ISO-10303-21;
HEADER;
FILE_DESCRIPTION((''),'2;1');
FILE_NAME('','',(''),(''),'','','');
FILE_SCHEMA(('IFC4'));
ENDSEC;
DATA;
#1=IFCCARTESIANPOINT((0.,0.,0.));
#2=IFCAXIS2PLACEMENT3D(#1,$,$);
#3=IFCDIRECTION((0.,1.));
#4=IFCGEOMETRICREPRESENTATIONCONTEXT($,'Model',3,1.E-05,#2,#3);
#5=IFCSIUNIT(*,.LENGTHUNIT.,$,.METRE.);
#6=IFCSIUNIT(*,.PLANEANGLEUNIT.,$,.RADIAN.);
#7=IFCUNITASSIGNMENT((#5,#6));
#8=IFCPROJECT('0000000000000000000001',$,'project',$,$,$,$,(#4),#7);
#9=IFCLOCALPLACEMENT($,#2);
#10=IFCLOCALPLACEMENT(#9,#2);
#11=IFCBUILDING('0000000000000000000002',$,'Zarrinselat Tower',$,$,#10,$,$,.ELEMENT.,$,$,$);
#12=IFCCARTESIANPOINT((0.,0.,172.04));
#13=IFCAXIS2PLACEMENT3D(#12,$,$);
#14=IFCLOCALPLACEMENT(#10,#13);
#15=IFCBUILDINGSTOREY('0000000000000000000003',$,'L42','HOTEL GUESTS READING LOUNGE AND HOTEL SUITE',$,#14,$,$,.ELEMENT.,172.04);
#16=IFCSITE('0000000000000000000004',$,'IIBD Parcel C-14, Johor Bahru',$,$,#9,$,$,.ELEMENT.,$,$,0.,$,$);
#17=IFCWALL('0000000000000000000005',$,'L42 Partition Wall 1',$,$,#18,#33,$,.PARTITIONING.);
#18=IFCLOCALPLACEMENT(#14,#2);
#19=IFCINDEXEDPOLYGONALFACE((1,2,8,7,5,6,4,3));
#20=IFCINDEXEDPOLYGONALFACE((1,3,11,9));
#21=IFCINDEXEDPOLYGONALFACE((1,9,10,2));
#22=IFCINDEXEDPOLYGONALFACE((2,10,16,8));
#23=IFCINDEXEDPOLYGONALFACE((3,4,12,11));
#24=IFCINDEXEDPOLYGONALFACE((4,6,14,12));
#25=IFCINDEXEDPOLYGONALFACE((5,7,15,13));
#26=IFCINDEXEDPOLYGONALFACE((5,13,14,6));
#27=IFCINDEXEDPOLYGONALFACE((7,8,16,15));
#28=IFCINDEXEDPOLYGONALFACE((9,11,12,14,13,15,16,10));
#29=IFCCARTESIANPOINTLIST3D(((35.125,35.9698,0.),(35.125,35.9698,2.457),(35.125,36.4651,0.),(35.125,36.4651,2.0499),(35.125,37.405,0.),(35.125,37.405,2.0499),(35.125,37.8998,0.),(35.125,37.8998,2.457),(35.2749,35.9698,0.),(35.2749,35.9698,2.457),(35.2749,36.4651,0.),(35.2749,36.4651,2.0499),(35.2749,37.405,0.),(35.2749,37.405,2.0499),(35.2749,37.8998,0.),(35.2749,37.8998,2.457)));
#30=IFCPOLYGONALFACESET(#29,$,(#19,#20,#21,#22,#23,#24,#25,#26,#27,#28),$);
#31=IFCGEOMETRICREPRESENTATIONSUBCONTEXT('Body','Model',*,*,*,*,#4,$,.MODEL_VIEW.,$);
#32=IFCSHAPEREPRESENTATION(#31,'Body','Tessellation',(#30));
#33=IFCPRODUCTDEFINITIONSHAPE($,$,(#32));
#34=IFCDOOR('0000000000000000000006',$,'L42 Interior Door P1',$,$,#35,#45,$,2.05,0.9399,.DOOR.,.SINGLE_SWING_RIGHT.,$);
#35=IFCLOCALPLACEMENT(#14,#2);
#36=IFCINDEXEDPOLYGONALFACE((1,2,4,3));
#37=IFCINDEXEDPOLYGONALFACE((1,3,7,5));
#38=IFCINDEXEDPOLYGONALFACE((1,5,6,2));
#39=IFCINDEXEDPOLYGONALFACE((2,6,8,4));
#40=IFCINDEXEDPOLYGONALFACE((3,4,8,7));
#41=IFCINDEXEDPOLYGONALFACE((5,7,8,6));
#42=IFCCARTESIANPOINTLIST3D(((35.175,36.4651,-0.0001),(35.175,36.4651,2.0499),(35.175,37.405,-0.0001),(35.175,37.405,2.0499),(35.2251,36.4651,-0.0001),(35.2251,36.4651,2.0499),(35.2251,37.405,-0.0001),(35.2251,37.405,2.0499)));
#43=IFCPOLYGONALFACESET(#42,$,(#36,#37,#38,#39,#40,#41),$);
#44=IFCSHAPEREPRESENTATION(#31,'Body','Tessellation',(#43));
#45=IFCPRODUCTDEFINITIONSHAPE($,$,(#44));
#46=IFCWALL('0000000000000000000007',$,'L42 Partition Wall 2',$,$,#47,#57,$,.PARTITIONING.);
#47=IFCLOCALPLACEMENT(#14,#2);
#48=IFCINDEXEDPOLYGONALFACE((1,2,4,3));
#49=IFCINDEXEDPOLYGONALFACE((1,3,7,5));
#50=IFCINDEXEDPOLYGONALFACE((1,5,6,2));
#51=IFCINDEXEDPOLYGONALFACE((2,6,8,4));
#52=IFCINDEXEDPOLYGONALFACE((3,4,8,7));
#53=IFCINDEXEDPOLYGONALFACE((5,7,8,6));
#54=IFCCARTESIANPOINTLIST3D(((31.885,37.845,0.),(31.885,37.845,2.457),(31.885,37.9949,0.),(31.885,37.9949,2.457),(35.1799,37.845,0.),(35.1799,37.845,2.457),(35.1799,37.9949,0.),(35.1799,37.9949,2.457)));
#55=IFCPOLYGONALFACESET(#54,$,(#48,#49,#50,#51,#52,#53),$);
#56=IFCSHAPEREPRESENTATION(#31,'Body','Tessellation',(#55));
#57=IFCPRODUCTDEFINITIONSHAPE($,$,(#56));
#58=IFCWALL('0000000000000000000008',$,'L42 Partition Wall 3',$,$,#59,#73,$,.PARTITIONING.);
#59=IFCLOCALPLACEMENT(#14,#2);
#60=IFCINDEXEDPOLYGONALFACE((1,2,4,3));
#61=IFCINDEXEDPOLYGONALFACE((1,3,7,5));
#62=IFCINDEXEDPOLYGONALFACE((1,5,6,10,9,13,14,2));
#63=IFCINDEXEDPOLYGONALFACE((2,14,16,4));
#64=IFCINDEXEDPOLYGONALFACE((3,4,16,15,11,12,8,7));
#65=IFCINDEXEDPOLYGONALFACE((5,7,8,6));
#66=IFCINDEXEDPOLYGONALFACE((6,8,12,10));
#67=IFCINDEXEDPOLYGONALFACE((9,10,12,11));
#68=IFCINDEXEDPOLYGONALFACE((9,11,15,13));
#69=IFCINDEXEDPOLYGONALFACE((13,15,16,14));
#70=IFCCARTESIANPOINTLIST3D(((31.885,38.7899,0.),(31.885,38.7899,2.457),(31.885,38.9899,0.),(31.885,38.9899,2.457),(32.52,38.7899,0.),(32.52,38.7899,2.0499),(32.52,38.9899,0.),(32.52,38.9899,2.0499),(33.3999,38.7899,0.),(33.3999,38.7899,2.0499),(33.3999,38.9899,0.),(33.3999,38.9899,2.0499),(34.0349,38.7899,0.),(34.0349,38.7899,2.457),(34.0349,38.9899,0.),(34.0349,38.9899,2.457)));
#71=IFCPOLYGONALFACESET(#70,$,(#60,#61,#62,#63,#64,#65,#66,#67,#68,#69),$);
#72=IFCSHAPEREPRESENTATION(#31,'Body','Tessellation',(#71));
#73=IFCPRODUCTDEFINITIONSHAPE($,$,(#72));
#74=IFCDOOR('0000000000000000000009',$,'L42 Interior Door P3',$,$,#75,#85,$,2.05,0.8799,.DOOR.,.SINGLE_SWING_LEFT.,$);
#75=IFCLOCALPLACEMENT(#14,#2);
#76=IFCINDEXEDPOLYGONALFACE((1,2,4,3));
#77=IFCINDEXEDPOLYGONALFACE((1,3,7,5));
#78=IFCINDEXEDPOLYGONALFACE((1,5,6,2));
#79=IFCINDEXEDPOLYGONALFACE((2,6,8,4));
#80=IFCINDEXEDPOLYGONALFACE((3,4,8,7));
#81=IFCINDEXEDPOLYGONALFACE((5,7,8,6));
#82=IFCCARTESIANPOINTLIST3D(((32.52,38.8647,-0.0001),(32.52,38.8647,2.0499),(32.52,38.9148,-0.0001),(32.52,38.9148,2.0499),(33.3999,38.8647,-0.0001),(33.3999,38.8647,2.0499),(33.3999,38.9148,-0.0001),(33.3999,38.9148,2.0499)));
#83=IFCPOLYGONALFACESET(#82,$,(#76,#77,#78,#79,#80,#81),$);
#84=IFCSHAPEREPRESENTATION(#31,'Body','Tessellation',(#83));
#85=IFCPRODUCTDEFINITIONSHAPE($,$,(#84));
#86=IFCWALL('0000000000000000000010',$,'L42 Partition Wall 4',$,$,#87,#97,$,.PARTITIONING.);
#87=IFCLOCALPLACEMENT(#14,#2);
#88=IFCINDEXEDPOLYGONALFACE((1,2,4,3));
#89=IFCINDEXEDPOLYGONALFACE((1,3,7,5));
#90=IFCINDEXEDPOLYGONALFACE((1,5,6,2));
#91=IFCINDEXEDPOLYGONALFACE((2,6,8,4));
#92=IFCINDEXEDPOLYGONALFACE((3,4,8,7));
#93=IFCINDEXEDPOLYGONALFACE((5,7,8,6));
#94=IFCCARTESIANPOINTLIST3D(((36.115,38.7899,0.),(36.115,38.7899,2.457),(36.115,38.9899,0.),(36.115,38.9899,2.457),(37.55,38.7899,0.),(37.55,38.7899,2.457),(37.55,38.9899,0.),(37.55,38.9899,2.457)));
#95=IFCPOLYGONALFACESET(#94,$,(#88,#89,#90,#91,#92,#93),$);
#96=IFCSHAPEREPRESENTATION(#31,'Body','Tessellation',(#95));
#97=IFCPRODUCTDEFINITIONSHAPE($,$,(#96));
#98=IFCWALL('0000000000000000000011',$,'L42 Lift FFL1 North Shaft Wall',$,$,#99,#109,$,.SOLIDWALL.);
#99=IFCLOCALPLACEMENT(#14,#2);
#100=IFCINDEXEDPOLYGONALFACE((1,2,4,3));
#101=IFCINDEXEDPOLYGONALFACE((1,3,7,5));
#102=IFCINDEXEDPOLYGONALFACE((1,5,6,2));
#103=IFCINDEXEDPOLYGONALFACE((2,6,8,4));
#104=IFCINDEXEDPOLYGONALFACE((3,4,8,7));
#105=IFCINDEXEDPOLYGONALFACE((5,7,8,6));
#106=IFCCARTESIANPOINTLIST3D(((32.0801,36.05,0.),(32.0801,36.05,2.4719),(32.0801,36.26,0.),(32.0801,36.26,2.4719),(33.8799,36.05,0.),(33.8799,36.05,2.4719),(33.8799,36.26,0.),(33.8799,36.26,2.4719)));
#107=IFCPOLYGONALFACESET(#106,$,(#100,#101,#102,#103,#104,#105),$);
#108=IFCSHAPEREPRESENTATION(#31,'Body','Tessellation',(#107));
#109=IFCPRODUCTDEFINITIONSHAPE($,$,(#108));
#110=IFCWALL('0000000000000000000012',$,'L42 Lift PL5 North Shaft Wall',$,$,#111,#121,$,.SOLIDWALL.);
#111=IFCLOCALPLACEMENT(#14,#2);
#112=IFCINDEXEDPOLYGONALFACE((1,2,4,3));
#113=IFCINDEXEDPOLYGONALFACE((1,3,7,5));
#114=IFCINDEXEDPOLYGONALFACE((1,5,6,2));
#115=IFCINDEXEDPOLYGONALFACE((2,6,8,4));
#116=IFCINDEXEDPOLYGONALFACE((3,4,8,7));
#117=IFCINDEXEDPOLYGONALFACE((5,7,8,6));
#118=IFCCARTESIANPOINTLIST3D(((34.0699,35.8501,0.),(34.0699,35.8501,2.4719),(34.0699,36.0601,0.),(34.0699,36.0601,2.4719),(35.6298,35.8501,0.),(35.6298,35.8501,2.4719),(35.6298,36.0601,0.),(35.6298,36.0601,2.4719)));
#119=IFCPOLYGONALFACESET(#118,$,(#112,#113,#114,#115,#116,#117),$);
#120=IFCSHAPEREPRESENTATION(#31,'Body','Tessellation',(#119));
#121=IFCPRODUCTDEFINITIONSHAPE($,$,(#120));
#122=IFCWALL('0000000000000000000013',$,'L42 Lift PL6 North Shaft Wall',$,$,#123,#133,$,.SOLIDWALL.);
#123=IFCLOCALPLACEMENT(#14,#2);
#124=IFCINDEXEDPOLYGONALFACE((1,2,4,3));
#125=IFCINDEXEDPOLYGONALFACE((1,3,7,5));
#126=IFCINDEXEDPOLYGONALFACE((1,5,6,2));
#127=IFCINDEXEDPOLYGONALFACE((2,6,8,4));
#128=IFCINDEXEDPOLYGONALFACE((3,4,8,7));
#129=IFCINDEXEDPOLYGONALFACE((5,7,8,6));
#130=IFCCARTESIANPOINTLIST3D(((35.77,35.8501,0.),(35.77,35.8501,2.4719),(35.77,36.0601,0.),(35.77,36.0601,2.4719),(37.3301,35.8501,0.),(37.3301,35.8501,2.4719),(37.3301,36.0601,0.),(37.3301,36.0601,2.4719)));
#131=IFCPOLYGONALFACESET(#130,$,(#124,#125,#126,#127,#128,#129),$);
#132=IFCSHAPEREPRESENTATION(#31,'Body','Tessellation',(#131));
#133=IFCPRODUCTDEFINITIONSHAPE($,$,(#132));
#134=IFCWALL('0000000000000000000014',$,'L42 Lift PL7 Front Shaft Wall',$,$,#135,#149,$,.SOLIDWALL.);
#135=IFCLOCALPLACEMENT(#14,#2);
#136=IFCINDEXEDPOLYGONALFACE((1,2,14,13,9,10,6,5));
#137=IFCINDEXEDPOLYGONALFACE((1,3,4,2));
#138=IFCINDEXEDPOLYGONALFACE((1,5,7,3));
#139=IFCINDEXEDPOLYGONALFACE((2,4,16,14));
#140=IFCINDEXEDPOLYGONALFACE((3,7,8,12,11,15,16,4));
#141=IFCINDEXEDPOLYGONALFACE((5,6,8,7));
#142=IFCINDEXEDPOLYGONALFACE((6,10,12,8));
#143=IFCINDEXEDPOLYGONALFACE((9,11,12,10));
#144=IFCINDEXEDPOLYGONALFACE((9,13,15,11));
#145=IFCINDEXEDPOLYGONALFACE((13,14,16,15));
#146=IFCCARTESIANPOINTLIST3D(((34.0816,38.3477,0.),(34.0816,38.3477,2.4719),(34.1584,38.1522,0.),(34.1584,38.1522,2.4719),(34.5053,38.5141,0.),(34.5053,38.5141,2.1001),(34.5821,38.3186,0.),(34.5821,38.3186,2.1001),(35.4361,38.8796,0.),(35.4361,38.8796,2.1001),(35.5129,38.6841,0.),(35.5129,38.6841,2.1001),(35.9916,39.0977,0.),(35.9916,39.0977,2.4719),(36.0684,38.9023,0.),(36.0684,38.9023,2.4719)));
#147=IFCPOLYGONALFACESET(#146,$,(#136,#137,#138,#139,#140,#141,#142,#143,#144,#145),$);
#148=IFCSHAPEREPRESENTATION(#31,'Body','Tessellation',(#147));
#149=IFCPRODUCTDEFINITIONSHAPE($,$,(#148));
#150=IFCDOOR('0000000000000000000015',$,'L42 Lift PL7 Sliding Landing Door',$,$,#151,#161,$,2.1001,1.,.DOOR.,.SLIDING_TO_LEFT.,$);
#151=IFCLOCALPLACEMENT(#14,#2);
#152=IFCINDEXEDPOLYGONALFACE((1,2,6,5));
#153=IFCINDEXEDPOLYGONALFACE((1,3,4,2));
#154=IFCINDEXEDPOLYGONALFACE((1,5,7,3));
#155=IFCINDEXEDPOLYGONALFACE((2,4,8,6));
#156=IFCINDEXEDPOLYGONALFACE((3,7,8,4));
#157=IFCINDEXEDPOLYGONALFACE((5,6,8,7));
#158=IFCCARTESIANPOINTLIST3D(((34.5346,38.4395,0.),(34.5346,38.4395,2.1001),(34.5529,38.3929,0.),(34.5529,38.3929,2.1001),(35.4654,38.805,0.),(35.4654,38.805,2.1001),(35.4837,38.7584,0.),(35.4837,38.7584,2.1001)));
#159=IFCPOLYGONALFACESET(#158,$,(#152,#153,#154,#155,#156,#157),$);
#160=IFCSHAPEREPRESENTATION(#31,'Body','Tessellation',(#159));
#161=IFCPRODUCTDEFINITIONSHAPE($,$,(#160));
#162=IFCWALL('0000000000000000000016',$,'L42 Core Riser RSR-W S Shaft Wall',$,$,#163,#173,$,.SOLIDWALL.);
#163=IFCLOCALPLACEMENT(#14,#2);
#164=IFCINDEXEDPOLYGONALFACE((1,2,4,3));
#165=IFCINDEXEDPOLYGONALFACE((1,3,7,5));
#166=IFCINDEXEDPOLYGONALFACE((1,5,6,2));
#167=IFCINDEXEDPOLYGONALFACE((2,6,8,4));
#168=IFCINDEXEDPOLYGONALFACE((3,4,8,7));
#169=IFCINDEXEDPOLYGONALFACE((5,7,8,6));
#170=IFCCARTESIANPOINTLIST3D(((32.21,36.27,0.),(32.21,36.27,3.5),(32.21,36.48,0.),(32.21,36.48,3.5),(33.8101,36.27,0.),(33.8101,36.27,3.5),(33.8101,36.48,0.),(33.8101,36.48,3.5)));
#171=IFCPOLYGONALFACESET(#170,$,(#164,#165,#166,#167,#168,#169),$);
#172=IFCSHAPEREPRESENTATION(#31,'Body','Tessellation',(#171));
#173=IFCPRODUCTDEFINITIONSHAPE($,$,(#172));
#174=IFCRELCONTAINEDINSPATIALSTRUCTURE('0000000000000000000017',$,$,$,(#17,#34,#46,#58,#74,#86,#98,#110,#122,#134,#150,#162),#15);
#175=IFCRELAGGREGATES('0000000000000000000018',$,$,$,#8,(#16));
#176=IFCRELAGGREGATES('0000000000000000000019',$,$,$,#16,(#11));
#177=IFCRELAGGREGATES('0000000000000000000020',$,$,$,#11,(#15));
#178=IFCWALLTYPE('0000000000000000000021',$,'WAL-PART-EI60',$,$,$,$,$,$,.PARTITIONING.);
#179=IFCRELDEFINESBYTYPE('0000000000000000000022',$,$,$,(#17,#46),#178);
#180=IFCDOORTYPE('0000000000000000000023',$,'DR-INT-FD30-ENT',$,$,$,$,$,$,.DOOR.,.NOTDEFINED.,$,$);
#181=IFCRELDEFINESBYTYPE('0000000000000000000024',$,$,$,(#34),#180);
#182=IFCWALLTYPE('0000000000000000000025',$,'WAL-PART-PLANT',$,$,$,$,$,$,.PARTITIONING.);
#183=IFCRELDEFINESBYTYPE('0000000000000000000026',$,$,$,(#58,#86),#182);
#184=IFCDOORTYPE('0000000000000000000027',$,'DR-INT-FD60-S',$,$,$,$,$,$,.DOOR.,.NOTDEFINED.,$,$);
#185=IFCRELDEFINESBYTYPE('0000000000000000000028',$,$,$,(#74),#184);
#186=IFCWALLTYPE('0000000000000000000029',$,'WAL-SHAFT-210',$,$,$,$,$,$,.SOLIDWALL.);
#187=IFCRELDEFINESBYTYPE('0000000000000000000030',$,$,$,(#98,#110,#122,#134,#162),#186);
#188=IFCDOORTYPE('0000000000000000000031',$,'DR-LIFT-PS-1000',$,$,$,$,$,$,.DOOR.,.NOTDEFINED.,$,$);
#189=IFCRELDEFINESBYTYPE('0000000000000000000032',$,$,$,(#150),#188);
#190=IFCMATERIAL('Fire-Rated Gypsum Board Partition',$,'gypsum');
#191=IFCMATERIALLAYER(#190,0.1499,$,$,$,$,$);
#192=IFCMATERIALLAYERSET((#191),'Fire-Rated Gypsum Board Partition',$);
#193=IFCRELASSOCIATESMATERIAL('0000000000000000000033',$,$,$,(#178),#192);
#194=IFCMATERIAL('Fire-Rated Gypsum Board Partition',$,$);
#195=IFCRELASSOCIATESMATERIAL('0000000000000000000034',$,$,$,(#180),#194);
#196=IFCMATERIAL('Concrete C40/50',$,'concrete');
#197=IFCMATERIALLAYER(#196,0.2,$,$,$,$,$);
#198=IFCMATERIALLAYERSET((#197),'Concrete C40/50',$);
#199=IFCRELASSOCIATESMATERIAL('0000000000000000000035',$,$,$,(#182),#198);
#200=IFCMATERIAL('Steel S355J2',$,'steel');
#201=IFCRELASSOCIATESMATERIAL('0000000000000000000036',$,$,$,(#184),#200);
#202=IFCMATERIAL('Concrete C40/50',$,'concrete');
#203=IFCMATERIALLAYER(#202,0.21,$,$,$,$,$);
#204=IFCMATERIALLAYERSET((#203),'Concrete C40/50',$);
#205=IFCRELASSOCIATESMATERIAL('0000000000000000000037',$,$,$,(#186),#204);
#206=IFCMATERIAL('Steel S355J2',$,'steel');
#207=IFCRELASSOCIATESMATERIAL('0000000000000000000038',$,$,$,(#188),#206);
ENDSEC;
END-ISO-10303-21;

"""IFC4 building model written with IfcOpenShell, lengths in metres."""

from ifc_helpers import new_model, si_unit, direction, frame, frame_2d, origin, place, context, subcontext, project, spatial, rectangle, extrude, material, layer, layer_set, type_object, element, fill, save


model = new_model("IFC4")

# Units and contexts
model_context = context("Model", 3, precision=1e-05, world=origin(), true_north=direction((0.0, 1.0)))
body_context = subcontext(model_context, "Body", "Model", "MODEL_VIEW")
ifc_project = project(units=[si_unit("LENGTHUNIT", "METRE"), si_unit("PLANEANGLEUNIT", "RADIAN")], contexts=[model_context])

# Site, building, storey
site_placement = place(None, origin())
site = spatial("IfcSite", under=ifc_project, at=site_placement, Name="IIBD Parcel C-14, Johor Bahru", CompositionType="ELEMENT", RefElevation=0.0)
building_placement = place(site_placement, origin())
building = spatial("IfcBuilding", under=site, at=building_placement, Name="Zarrinselat Tower", CompositionType="ELEMENT")
storey_placement = place(building_placement, frame((0.0, 0.0, 172.04)))
storey = spatial("IfcBuildingStorey", under=building, at=storey_placement, Name="L42", Description="HOTEL GUESTS READING LOUNGE AND HOTEL SUITE", CompositionType="ELEMENT", Elevation=172.04)

# Wall, opening, door
ifc_material_1 = material(Name="Fire-Rated Gypsum Board Partition", Category="gypsum")
ifc_layer_1 = layer(ifc_material_1, 0.1499)
ifc_layer_set_1 = layer_set([ifc_layer_1], Name="Fire-Rated Gypsum Board Partition")
wall_type_1 = type_object("IfcWallType", Name="WAL-PART-EI60", PredefinedType="PARTITIONING", material=ifc_layer_set_1)
wall_1_placement = place(storey_placement, frame((35.2, 35.97, 0.0), z_axis=(0.0, 0.0, 1.0), x_axis=(0.0, 1.0, 0.0)))
wall_1 = element("IfcWall", 1, at=wall_1_placement, inside=storey, type_object=wall_type_1, Name="L42 Partition Wall 1", PredefinedType="PARTITIONING", context=body_context, shape_type="SweptSolid", body=[
    extrude(rectangle(XDim=1.9299, YDim=0.1499, at=frame_2d((0.9648, 0.0))), origin(), (0.0, 0.0, 1.0), 2.457),
])
opening_1_placement = place(wall_1_placement, frame((0.4951, 0.0, 0.0)))
opening_1 = element("IfcOpeningElement", 2, at=opening_1_placement, cuts=wall_1, PredefinedType="OPENING", context=body_context, shape_type="SweptSolid", body=[
    extrude(rectangle(XDim=0.9399, YDim=2.05, at=frame_2d((0.47, 1.0249))), frame((0.0, 0.085, 0.0), z_axis=(0.0, -1.0, 0.0), x_axis=(1.0, 0.0, 0.0)), (0.0, 0.0, 1.0), 0.1699),
])
ifc_material_2 = material(Name="Fire-Rated Gypsum Board Partition")
door_type_1 = type_object("IfcDoorType", Name="DR-INT-FD30-ENT", OperationType="NOTDEFINED", PredefinedType="DOOR", material=ifc_material_2)
door_1_placement = place(opening_1_placement, origin())
door_1 = element("IfcDoor", 3, at=door_1_placement, inside=storey, type_object=door_type_1, Name="L42 Interior Door P1", OperationType="SINGLE_SWING_RIGHT", OverallHeight=2.05, OverallWidth=0.9399, PredefinedType="DOOR", context=body_context, shape_type="SweptSolid", body=[
    extrude(rectangle(XDim=0.9399, YDim=2.05, at=frame_2d((0.47, 1.0249))), frame((0.0, 0.0249, 0.0), z_axis=(0.0, -1.0, 0.0), x_axis=(1.0, 0.0, 0.0)), (0.0, 0.0, 1.0), 0.05),
])
fill(opening_1, door_1)

# Wall
wall_2_placement = place(storey_placement, frame((31.885, 37.9199, 0.0), z_axis=(0.0, 0.0, 1.0), x_axis=(1.0, 0.0, 0.0)))
element("IfcWall", 4, at=wall_2_placement, inside=storey, type_object=wall_type_1, Name="L42 Partition Wall 2", PredefinedType="PARTITIONING", context=body_context, shape_type="SweptSolid", body=[
    extrude(rectangle(XDim=3.2949, YDim=0.1499, at=frame_2d((1.6475, 0.0))), origin(), (0.0, 0.0, 1.0), 2.457),
])

# Wall, opening, door
ifc_material_3 = material(Name="Concrete C40/50", Category="concrete")
ifc_layer_2 = layer(ifc_material_3, 0.2)
ifc_layer_set_2 = layer_set([ifc_layer_2], Name="Concrete C40/50")
wall_type_2 = type_object("IfcWallType", Name="WAL-PART-PLANT", PredefinedType="PARTITIONING", material=ifc_layer_set_2)
wall_3_placement = place(storey_placement, frame((31.885, 38.8899, 0.0), z_axis=(0.0, 0.0, 1.0), x_axis=(1.0, 0.0, 0.0)))
wall_3 = element("IfcWall", 5, at=wall_3_placement, inside=storey, type_object=wall_type_2, Name="L42 Partition Wall 3", PredefinedType="PARTITIONING", context=body_context, shape_type="SweptSolid", body=[
    extrude(rectangle(XDim=2.1499, YDim=0.2, at=frame_2d((1.075, 0.0))), origin(), (0.0, 0.0, 1.0), 2.457),
])
opening_2_placement = place(wall_3_placement, frame((0.635, 0.0, 0.0)))
opening_2 = element("IfcOpeningElement", 6, at=opening_2_placement, cuts=wall_3, PredefinedType="OPENING", context=body_context, shape_type="SweptSolid", body=[
    extrude(rectangle(XDim=0.8799, YDim=2.05, at=frame_2d((0.4399, 1.0249))), frame((0.0, 0.1099, 0.0), z_axis=(0.0, -1.0, 0.0), x_axis=(1.0, 0.0, 0.0)), (0.0, 0.0, 1.0), 0.22),
])
ifc_material_4 = material(Name="Steel S355J2", Category="steel")
door_type_2 = type_object("IfcDoorType", Name="DR-INT-FD60-S", OperationType="NOTDEFINED", PredefinedType="DOOR", material=ifc_material_4)
door_2_placement = place(opening_2_placement, origin())
door_2 = element("IfcDoor", 7, at=door_2_placement, inside=storey, type_object=door_type_2, Name="L42 Interior Door P3", OperationType="SINGLE_SWING_LEFT", OverallHeight=2.05, OverallWidth=0.8799, PredefinedType="DOOR", context=body_context, shape_type="SweptSolid", body=[
    extrude(rectangle(XDim=0.8799, YDim=2.05, at=frame_2d((0.4399, 1.0249))), frame((0.0, 0.0249, 0.0), z_axis=(0.0, -1.0, 0.0), x_axis=(1.0, 0.0, 0.0)), (0.0, 0.0, 1.0), 0.05),
])
fill(opening_2, door_2)

# Walls
wall_4_placement = place(storey_placement, frame((36.115, 38.8899, 0.0), z_axis=(0.0, 0.0, 1.0), x_axis=(1.0, 0.0, 0.0)))
element("IfcWall", 8, at=wall_4_placement, inside=storey, type_object=wall_type_2, Name="L42 Partition Wall 4", PredefinedType="PARTITIONING", context=body_context, shape_type="SweptSolid", body=[
    extrude(rectangle(XDim=1.4351, YDim=0.2, at=frame_2d((0.7175, 0.0))), origin(), (0.0, 0.0, 1.0), 2.457),
])
ifc_material_5 = material(Name="Concrete C40/50", Category="concrete")
ifc_layer_3 = layer(ifc_material_5, 0.21)
ifc_layer_set_3 = layer_set([ifc_layer_3], Name="Concrete C40/50")
wall_type_3 = type_object("IfcWallType", Name="WAL-SHAFT-210", PredefinedType="SOLIDWALL", material=ifc_layer_set_3)
wall_5_placement = place(storey_placement, frame((32.0801, 36.155, 0.0), z_axis=(0.0, 0.0, 1.0), x_axis=(1.0, 0.0, 0.0)))
element("IfcWall", 9, at=wall_5_placement, inside=storey, type_object=wall_type_3, Name="L42 Lift FFL1 North Shaft Wall", PredefinedType="SOLIDWALL", context=body_context, shape_type="SweptSolid", body=[
    extrude(rectangle(XDim=1.7998, YDim=0.21, at=frame_2d((0.8999, 0.0))), origin(), (0.0, 0.0, 1.0), 2.4719),
])
wall_6_placement = place(storey_placement, frame((34.0701, 35.9551, 0.0), z_axis=(0.0, 0.0, 1.0), x_axis=(1.0, 0.0, 0.0)))
element("IfcWall", 10, at=wall_6_placement, inside=storey, type_object=wall_type_3, Name="L42 Lift PL5 North Shaft Wall", PredefinedType="SOLIDWALL", context=body_context, shape_type="SweptSolid", body=[
    extrude(rectangle(XDim=1.5598, YDim=0.21, at=frame_2d((0.7798, 0.0))), origin(), (0.0, 0.0, 1.0), 2.4719),
])
wall_7_placement = place(storey_placement, frame((35.77, 35.9551, 0.0), z_axis=(0.0, 0.0, 1.0), x_axis=(1.0, 0.0, 0.0)))
element("IfcWall", 11, at=wall_7_placement, inside=storey, type_object=wall_type_3, Name="L42 Lift PL6 North Shaft Wall", PredefinedType="SOLIDWALL", context=body_context, shape_type="SweptSolid", body=[
    extrude(rectangle(XDim=1.5601, YDim=0.21, at=frame_2d((0.78, 0.0))), origin(), (0.0, 0.0, 1.0), 2.4719),
])

# Wall, opening, door
wall_8_placement = place(storey_placement, frame((34.1201, 38.25, 0.0), z_axis=(0.0, 0.0, 1.0), x_axis=(0.930805, 0.365516, 0.0)))
wall_8 = element("IfcWall", 12, at=wall_8_placement, inside=storey, type_object=wall_type_3, Name="L42 Lift PL7 Front Shaft Wall", PredefinedType="SOLIDWALL", context=body_context, shape_type="SweptSolid", body=[
    extrude(rectangle(XDim=2.052, YDim=0.21, at=frame_2d((1.0259, 0.0))), origin(), (0.0, 0.0, 1.0), 2.4719),
])
opening_3_placement = place(wall_8_placement, frame((0.4551, 0.0, 0.0)))
opening_3 = element("IfcOpeningElement", 13, at=opening_3_placement, cuts=wall_8, PredefinedType="OPENING", context=body_context, shape_type="SweptSolid", body=[
    extrude(rectangle(XDim=1.0, YDim=2.1001, at=frame_2d((0.5, 1.05))), frame((0.0, 0.115, 0.0), z_axis=(0.0, -1.0, 0.0), x_axis=(1.0, 0.0, 0.0)), (0.0, 0.0, 1.0), 0.23),
])
ifc_material_6 = material(Name="Steel S355J2", Category="steel")
door_type_3 = type_object("IfcDoorType", Name="DR-LIFT-PS-1000", OperationType="NOTDEFINED", PredefinedType="DOOR", material=ifc_material_6)
door_3_placement = place(opening_3_placement, origin())
door_3 = element("IfcDoor", 14, at=door_3_placement, inside=storey, type_object=door_type_3, Name="L42 Lift PL7 Sliding Landing Door", OperationType="SLIDING_TO_LEFT", OverallHeight=2.1001, OverallWidth=1.0, PredefinedType="DOOR", context=body_context, shape_type="SweptSolid", body=[
    extrude(rectangle(XDim=1.0, YDim=2.1001, at=frame_2d((0.5, 1.05))), frame((0.0, 0.0249, 0.0), z_axis=(0.0, -1.0, 0.0), x_axis=(1.0, 0.0, 0.0)), (0.0, 0.0, 1.0), 0.05),
])
fill(opening_3, door_3)

# Wall
for number, where, z_axis, x_axis, name in (
    (15, (32.21, 36.375, 0.0), (0.0, 0.0, 1.0), (1.0, 0.0, 0.0), "L42 Core Riser RSR-W S Shaft Wall"),
):
    element("IfcWall", number, at=place(storey_placement, frame(where, z_axis=z_axis, x_axis=x_axis)), inside=storey, type_object=wall_type_3, Name=name, PredefinedType="SOLIDWALL", context=body_context, shape_type="SweptSolid", body=[
        extrude(rectangle(XDim=1.6001, YDim=0.21, at=frame_2d((0.8, 0.0))), origin(), (0.0, 0.0, 1.0), 3.5),
    ])

save(model, "model.ifc")
